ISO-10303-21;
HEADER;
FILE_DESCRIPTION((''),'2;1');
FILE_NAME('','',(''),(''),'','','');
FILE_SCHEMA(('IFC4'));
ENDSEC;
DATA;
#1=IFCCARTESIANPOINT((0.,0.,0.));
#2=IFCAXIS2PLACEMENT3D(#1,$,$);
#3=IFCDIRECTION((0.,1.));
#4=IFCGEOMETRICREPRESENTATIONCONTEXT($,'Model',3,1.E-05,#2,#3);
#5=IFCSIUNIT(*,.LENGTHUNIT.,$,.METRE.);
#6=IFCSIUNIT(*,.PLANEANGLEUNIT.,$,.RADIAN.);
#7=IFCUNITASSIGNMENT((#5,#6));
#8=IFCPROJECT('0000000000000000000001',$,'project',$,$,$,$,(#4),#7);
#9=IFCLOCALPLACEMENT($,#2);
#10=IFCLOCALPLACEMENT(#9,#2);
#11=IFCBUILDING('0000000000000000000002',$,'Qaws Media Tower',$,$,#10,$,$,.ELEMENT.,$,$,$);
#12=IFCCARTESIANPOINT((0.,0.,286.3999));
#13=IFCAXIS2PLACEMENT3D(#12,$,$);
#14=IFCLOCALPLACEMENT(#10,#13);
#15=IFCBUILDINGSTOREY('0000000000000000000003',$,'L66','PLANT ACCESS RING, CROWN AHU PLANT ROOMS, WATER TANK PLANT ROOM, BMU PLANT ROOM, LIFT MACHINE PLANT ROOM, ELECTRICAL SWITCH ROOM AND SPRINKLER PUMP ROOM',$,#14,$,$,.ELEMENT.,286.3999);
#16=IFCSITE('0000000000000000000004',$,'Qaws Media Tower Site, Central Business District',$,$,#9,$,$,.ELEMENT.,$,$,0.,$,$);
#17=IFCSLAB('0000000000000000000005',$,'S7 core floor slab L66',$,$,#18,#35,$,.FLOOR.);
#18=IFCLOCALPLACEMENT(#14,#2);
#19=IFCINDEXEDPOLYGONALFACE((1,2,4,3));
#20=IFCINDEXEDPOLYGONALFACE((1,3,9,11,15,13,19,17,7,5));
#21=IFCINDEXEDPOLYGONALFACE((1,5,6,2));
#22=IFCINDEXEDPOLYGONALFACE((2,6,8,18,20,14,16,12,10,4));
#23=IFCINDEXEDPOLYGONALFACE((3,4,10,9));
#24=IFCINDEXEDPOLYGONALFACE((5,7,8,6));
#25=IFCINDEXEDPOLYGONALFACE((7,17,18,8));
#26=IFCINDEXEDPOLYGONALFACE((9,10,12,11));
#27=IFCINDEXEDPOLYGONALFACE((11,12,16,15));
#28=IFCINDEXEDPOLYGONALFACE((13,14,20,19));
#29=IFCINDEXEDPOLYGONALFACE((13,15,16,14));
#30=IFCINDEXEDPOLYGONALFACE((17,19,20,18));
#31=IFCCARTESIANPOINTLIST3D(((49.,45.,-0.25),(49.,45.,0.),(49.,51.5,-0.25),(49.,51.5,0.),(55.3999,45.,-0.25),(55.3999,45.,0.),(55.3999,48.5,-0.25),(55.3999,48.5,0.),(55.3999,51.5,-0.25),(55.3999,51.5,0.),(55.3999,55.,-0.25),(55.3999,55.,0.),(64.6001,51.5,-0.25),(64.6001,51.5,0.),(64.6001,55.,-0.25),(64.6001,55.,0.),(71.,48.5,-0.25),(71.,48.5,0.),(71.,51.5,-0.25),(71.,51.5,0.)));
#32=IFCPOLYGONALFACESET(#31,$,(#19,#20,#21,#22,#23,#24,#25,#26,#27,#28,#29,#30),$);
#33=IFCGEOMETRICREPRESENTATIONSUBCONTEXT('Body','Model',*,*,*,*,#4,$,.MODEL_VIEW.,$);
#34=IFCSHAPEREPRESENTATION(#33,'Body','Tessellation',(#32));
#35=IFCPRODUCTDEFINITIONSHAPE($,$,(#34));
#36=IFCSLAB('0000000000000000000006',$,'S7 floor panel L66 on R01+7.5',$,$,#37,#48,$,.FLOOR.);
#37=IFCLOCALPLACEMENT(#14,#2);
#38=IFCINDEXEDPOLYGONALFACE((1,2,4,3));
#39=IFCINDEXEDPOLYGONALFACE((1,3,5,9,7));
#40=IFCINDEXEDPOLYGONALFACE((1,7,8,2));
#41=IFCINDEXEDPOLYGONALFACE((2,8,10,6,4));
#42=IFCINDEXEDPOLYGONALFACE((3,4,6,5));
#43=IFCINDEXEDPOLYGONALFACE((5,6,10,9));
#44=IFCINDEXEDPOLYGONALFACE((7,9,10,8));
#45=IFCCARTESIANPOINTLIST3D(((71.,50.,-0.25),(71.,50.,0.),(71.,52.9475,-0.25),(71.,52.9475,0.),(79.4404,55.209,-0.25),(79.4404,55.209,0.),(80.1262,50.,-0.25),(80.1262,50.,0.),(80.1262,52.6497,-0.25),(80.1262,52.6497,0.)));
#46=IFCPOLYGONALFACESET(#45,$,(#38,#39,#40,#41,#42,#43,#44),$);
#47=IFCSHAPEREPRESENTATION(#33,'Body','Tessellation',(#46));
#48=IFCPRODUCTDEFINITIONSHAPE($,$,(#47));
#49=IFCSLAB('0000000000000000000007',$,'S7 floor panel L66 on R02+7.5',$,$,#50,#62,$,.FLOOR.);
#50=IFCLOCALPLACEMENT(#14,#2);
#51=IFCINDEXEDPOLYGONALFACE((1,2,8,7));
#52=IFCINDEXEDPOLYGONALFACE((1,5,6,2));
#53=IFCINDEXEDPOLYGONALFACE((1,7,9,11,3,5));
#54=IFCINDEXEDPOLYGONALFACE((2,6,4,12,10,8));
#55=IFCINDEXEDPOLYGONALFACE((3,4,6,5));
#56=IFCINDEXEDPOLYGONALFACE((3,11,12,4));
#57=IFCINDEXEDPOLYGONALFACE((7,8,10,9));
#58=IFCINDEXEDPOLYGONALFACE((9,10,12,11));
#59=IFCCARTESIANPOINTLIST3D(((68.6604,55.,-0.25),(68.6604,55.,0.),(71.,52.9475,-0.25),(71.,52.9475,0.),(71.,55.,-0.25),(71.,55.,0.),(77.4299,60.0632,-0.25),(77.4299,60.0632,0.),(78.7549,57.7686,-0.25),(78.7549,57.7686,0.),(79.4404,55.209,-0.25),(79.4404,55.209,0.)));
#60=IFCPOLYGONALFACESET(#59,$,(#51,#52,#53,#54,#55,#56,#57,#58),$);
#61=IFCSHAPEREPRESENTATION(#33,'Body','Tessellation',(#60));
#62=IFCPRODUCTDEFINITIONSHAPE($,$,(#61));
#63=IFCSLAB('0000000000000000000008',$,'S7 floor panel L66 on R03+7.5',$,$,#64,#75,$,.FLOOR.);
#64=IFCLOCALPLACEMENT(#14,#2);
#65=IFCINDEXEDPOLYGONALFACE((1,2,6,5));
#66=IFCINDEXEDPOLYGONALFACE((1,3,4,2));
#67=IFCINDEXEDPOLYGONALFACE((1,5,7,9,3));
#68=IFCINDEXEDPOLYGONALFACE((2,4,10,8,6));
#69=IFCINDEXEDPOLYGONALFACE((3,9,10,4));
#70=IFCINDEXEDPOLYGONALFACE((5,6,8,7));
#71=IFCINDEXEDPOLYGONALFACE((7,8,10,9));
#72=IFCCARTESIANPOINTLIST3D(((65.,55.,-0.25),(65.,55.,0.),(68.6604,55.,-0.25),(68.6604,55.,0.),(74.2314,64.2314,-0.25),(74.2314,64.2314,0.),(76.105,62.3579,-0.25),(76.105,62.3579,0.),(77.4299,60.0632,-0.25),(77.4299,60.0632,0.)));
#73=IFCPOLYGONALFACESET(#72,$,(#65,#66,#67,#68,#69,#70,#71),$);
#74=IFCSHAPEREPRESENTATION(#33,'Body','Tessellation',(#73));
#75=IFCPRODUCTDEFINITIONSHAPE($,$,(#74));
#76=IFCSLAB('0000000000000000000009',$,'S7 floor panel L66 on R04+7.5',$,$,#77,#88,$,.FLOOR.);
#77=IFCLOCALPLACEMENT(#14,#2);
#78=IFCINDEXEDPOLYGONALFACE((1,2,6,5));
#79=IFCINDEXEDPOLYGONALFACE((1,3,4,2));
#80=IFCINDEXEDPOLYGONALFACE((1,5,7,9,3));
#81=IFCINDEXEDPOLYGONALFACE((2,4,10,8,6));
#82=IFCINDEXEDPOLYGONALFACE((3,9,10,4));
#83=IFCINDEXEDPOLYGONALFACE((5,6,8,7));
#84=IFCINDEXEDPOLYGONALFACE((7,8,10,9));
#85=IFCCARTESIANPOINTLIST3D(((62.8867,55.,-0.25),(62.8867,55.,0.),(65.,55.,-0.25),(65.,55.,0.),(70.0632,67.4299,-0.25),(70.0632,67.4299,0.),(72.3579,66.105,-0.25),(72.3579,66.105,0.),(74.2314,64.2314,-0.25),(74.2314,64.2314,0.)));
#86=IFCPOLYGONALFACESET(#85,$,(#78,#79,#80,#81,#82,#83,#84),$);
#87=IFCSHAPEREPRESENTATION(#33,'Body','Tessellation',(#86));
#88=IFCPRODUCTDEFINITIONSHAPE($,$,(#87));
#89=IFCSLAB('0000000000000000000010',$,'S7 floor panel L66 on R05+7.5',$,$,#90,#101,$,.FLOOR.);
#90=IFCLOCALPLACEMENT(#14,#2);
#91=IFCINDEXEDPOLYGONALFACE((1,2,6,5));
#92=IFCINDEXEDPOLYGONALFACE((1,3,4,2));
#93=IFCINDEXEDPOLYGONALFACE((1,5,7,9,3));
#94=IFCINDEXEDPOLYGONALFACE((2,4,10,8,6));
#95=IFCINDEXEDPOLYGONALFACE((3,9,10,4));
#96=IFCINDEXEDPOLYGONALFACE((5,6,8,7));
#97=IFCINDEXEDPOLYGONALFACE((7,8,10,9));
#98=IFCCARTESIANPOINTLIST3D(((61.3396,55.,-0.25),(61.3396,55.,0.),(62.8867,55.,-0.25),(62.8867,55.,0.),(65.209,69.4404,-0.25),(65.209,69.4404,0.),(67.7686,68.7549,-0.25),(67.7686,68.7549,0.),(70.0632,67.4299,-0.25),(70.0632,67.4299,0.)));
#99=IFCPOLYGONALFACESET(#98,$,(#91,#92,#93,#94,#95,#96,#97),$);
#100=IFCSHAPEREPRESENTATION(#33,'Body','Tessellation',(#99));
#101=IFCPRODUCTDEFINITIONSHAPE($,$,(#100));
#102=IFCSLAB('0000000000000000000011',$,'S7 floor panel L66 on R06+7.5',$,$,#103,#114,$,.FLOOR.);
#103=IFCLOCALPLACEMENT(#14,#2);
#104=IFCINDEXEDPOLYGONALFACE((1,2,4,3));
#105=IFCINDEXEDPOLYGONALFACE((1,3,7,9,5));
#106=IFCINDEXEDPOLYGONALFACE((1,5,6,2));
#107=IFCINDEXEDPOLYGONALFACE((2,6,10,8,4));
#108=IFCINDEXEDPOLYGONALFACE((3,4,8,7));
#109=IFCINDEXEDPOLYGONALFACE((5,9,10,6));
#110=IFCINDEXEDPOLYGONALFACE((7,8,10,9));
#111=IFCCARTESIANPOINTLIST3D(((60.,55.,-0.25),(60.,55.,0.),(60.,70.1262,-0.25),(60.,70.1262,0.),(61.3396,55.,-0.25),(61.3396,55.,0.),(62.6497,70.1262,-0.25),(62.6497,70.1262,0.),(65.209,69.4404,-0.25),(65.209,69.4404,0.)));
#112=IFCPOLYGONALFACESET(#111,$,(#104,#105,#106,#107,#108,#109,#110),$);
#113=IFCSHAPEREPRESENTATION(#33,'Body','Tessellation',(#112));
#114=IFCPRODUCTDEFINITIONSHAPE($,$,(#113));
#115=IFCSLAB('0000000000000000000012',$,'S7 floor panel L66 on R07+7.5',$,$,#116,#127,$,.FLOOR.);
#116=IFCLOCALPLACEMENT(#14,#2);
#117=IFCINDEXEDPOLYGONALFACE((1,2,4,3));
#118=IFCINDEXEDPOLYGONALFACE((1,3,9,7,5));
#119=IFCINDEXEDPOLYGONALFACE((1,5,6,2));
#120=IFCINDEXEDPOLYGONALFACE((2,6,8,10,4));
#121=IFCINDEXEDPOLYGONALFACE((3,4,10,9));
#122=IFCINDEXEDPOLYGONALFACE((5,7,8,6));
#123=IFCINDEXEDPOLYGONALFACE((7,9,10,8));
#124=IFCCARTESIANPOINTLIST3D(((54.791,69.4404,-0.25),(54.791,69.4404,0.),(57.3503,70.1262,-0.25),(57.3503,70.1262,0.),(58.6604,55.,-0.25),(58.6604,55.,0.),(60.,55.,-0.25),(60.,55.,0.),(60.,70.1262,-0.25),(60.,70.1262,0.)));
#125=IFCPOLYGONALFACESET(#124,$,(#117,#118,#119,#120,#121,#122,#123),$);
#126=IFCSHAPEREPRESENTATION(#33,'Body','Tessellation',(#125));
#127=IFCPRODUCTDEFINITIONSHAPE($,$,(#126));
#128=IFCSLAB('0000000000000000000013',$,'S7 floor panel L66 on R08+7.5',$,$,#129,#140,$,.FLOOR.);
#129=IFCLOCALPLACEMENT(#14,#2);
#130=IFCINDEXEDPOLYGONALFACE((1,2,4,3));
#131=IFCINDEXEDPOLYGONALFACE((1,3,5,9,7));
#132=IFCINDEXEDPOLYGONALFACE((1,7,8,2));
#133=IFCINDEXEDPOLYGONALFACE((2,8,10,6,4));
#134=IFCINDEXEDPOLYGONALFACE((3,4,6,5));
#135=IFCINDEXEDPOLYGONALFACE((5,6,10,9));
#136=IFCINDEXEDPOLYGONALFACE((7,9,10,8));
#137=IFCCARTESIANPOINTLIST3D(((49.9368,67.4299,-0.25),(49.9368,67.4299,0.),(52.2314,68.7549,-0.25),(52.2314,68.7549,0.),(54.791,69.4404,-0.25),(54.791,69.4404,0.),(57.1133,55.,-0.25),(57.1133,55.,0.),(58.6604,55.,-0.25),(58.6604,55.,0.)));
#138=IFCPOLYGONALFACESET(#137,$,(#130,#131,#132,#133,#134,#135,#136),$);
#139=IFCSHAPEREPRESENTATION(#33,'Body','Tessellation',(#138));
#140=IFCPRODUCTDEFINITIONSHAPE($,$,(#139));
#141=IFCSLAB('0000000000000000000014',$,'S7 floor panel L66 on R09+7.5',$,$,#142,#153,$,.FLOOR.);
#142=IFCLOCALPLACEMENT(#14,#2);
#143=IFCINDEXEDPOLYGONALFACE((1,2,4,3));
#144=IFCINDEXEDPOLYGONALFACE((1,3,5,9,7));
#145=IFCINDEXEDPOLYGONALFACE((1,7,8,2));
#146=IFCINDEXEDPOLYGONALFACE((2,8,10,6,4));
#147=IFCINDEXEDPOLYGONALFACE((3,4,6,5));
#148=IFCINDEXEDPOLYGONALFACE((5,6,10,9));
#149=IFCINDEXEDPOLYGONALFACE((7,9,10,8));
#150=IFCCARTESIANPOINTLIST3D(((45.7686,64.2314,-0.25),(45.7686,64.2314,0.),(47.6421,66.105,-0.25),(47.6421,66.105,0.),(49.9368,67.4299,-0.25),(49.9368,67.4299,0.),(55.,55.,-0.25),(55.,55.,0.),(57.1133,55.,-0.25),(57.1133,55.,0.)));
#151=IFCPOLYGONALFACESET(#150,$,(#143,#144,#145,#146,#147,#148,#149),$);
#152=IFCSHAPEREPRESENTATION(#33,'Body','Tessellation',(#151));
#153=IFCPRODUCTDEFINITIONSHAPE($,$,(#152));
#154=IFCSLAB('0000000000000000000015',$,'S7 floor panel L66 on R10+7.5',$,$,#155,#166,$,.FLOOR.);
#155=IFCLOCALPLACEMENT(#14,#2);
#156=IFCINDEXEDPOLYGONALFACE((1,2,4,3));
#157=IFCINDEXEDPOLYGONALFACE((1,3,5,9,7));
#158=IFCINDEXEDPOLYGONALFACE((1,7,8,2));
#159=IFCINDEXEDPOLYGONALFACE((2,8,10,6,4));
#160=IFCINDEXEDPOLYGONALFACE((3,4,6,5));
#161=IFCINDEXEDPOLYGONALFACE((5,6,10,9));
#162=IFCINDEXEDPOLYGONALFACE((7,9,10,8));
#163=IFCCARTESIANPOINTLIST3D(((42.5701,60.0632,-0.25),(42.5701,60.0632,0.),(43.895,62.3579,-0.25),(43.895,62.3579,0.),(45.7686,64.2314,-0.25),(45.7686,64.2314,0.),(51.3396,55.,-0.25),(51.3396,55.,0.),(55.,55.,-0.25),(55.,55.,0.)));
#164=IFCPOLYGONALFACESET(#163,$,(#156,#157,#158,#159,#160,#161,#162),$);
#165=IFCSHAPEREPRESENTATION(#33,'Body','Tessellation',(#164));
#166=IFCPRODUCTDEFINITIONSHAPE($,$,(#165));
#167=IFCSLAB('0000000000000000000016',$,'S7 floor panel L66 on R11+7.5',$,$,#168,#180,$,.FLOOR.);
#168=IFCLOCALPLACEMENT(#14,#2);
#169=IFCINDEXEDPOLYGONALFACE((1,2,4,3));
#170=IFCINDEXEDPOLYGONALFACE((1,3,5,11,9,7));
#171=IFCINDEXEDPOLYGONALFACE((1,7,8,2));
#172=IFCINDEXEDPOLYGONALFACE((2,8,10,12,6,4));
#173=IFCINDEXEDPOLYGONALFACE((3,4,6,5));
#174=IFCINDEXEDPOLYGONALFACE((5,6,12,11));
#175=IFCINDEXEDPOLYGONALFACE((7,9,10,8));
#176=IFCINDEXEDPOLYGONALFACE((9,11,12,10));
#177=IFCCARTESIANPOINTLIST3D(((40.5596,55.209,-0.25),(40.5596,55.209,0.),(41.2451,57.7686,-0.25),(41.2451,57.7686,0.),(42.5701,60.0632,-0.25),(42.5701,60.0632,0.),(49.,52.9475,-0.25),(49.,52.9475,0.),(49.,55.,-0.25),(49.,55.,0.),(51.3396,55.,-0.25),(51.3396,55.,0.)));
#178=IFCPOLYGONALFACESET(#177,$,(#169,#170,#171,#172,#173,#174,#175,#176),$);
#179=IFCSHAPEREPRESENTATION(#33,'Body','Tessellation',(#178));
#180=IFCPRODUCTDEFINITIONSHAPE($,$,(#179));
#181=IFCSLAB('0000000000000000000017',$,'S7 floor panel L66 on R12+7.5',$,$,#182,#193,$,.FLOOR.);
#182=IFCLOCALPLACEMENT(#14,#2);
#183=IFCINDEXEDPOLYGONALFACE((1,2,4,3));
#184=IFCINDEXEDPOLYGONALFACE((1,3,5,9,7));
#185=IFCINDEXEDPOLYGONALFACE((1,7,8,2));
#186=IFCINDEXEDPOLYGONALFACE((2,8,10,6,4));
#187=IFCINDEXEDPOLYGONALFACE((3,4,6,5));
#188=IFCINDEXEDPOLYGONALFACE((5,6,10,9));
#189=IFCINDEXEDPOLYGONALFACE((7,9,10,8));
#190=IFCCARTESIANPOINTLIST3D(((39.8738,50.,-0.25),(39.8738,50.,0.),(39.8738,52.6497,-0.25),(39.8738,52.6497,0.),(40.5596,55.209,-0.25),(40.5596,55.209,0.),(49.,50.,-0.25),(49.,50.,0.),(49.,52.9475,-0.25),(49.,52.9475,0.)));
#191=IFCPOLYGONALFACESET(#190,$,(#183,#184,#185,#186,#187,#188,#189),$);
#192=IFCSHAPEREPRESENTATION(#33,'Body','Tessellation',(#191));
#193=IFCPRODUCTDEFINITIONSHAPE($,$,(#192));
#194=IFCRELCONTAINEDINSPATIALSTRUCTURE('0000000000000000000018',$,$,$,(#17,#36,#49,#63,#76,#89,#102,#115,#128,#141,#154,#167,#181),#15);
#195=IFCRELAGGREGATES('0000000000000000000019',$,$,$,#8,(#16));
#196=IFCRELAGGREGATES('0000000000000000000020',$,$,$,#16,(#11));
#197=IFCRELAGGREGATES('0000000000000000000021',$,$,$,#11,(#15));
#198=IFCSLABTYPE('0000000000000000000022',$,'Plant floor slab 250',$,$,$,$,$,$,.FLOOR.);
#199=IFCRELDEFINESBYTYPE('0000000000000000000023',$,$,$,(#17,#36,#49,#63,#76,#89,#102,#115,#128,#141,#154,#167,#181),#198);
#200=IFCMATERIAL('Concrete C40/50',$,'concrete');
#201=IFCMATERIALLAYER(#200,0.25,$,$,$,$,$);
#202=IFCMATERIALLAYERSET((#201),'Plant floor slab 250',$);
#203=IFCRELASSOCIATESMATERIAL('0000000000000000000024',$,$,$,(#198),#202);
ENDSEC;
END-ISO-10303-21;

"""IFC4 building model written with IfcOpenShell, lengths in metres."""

from ifc_helpers import new_model, si_unit, direction, frame, origin, place, context, subcontext, project, spatial, polyline, outline, extrude, material, layer, layer_set, type_object, element, save


model = new_model("IFC4")

# Units and contexts
model_context = context("Model", 3, precision=1e-05, world=origin(), true_north=direction((0.0, 1.0)))
body_context = subcontext(model_context, "Body", "Model", "MODEL_VIEW")
ifc_project = project(units=[si_unit("LENGTHUNIT", "METRE"), si_unit("PLANEANGLEUNIT", "RADIAN")], contexts=[model_context])

# Site, building, storey
site_placement = place(None, origin())
site = spatial("IfcSite", under=ifc_project, at=site_placement, Name="Qaws Media Tower Site, Central Business District", CompositionType="ELEMENT", RefElevation=0.0)
building_placement = place(site_placement, origin())
building = spatial("IfcBuilding", under=site, at=building_placement, Name="Qaws Media Tower", CompositionType="ELEMENT")
storey_placement = place(building_placement, frame((0.0, 0.0, 286.3999)))
storey = spatial("IfcBuildingStorey", under=building, at=storey_placement, Name="L66", Description="PLANT ACCESS RING, CROWN AHU PLANT ROOMS, WATER TANK PLANT ROOM, BMU PLANT ROOM, LIFT MACHINE PLANT ROOM, ELECTRICAL SWITCH ROOM AND SPRINKLER PUMP ROOM", CompositionType="ELEMENT", Elevation=286.3999)

# Slabs
ifc_material = material(Name="Concrete C40/50", Category="concrete")
ifc_layer = layer(ifc_material, 0.25)
ifc_layer_set = layer_set([ifc_layer], Name="Plant floor slab 250")
slab_type = type_object("IfcSlabType", Name="Plant floor slab 250", PredefinedType="FLOOR", material=ifc_layer_set)
slab_1_placement = place(storey_placement, frame((0.0, 0.0, -0.25)))
element("IfcSlab", 1, at=slab_1_placement, inside=storey, type_object=slab_type, Name="S7 core floor slab L66", PredefinedType="FLOOR", context=body_context, shape_type="SweptSolid", body=[
    extrude(outline(polyline([(71.0, 51.5), (71.0, 48.5), (55.3999, 48.5), (55.3999, 45.0), (49.0, 45.0), (49.0, 51.5), (55.3999, 51.5), (55.3999, 55.0), (64.6001, 55.0), (64.6001, 51.5), (71.0, 51.5)])), origin(), (0.0, 0.0, 1.0), 0.25),
])
slab_2_placement = place(storey_placement, frame((0.0, 0.0, -0.25)))
element("IfcSlab", 2, at=slab_2_placement, inside=storey, type_object=slab_type, Name="S7 floor panel L66 on R01+7.5", PredefinedType="FLOOR", context=body_context, shape_type="SweptSolid", body=[
    extrude(outline(polyline([(80.1262, 52.6497), (80.1262, 50.0), (71.0, 50.0), (71.0, 52.9475), (79.4404, 55.209), (80.1262, 52.6497)])), origin(), (0.0, 0.0, 1.0), 0.25),
])
slab_3_placement = place(storey_placement, frame((0.0, 0.0, -0.25)))
element("IfcSlab", 3, at=slab_3_placement, inside=storey, type_object=slab_type, Name="S7 floor panel L66 on R02+7.5", PredefinedType="FLOOR", context=body_context, shape_type="SweptSolid", body=[
    extrude(outline(polyline([(78.7549, 57.7686), (79.4404, 55.209), (71.0, 52.9475), (71.0, 55.0), (68.6604, 55.0), (77.4299, 60.0632), (78.7549, 57.7686)])), origin(), (0.0, 0.0, 1.0), 0.25),
])
slab_4_placement = place(storey_placement, frame((0.0, 0.0, -0.25)))
element("IfcSlab", 4, at=slab_4_placement, inside=storey, type_object=slab_type, Name="S7 floor panel L66 on R03+7.5", PredefinedType="FLOOR", context=body_context, shape_type="SweptSolid", body=[
    extrude(outline(polyline([(76.105, 62.3579), (77.4299, 60.0632), (68.6604, 55.0), (65.0, 55.0), (74.2314, 64.2314), (76.105, 62.3579)])), origin(), (0.0, 0.0, 1.0), 0.25),
])
slab_5_placement = place(storey_placement, frame((0.0, 0.0, -0.25)))
element("IfcSlab", 5, at=slab_5_placement, inside=storey, type_object=slab_type, Name="S7 floor panel L66 on R04+7.5", PredefinedType="FLOOR", context=body_context, shape_type="SweptSolid", body=[
    extrude(outline(polyline([(72.3579, 66.105), (74.2314, 64.2314), (65.0, 55.0), (62.8867, 55.0), (70.0632, 67.4299), (72.3579, 66.105)])), origin(), (0.0, 0.0, 1.0), 0.25),
])
slab_6_placement = place(storey_placement, frame((0.0, 0.0, -0.25)))
element("IfcSlab", 6, at=slab_6_placement, inside=storey, type_object=slab_type, Name="S7 floor panel L66 on R05+7.5", PredefinedType="FLOOR", context=body_context, shape_type="SweptSolid", body=[
    extrude(outline(polyline([(67.7686, 68.7549), (70.0632, 67.4299), (62.8867, 55.0), (61.3396, 55.0), (65.209, 69.4404), (67.7686, 68.7549)])), origin(), (0.0, 0.0, 1.0), 0.25),
])
slab_7_placement = place(storey_placement, frame((0.0, 0.0, -0.25)))
element("IfcSlab", 7, at=slab_7_placement, inside=storey, type_object=slab_type, Name="S7 floor panel L66 on R06+7.5", PredefinedType="FLOOR", context=body_context, shape_type="SweptSolid", body=[
    extrude(outline(polyline([(62.6497, 70.1262), (65.209, 69.4404), (61.3396, 55.0), (60.0, 55.0), (60.0, 70.1262), (62.6497, 70.1262)])), origin(), (0.0, 0.0, 1.0), 0.25),
])
slab_8_placement = place(storey_placement, frame((0.0, 0.0, -0.25)))
element("IfcSlab", 8, at=slab_8_placement, inside=storey, type_object=slab_type, Name="S7 floor panel L66 on R07+7.5", PredefinedType="FLOOR", context=body_context, shape_type="SweptSolid", body=[
    extrude(outline(polyline([(57.3503, 70.1262), (60.0, 70.1262), (60.0, 55.0), (58.6604, 55.0), (54.791, 69.4404), (57.3503, 70.1262)])), origin(), (0.0, 0.0, 1.0), 0.25),
])
slab_9_placement = place(storey_placement, frame((0.0, 0.0, -0.25)))
element("IfcSlab", 9, at=slab_9_placement, inside=storey, type_object=slab_type, Name="S7 floor panel L66 on R08+7.5", PredefinedType="FLOOR", context=body_context, shape_type="SweptSolid", body=[
    extrude(outline(polyline([(52.2314, 68.7549), (54.791, 69.4404), (58.6604, 55.0), (57.1133, 55.0), (49.9368, 67.4299), (52.2314, 68.7549)])), origin(), (0.0, 0.0, 1.0), 0.25),
])
slab_10_placement = place(storey_placement, frame((0.0, 0.0, -0.25)))
element("IfcSlab", 10, at=slab_10_placement, inside=storey, type_object=slab_type, Name="S7 floor panel L66 on R09+7.5", PredefinedType="FLOOR", context=body_context, shape_type="SweptSolid", body=[
    extrude(outline(polyline([(47.6421, 66.105), (49.9368, 67.4299), (57.1133, 55.0), (55.0, 55.0), (45.7686, 64.2314), (47.6421, 66.105)])), origin(), (0.0, 0.0, 1.0), 0.25),
])
slab_11_placement = place(storey_placement, frame((0.0, 0.0, -0.25)))
element("IfcSlab", 11, at=slab_11_placement, inside=storey, type_object=slab_type, Name="S7 floor panel L66 on R10+7.5", PredefinedType="FLOOR", context=body_context, shape_type="SweptSolid", body=[
    extrude(outline(polyline([(43.895, 62.3579), (45.7686, 64.2314), (55.0, 55.0), (51.3396, 55.0), (42.5701, 60.0632), (43.895, 62.3579)])), origin(), (0.0, 0.0, 1.0), 0.25),
])
slab_12_placement = place(storey_placement, frame((0.0, 0.0, -0.25)))
element("IfcSlab", 12, at=slab_12_placement, inside=storey, type_object=slab_type, Name="S7 floor panel L66 on R11+7.5", PredefinedType="FLOOR", context=body_context, shape_type="SweptSolid", body=[
    extrude(outline(polyline([(41.2451, 57.7686), (42.5701, 60.0632), (51.3396, 55.0), (49.0, 55.0), (49.0, 52.9475), (40.5596, 55.209), (41.2451, 57.7686)])), origin(), (0.0, 0.0, 1.0), 0.25),
])
slab_13_placement = place(storey_placement, frame((0.0, 0.0, -0.25)))
element("IfcSlab", 13, at=slab_13_placement, inside=storey, type_object=slab_type, Name="S7 floor panel L66 on R12+7.5", PredefinedType="FLOOR", context=body_context, shape_type="SweptSolid", body=[
    extrude(outline(polyline([(39.8738, 52.6497), (40.5596, 55.209), (49.0, 52.9475), (49.0, 50.0), (39.8738, 50.0), (39.8738, 52.6497)])), origin(), (0.0, 0.0, 1.0), 0.25),
])

save(model, "model.ifc")
